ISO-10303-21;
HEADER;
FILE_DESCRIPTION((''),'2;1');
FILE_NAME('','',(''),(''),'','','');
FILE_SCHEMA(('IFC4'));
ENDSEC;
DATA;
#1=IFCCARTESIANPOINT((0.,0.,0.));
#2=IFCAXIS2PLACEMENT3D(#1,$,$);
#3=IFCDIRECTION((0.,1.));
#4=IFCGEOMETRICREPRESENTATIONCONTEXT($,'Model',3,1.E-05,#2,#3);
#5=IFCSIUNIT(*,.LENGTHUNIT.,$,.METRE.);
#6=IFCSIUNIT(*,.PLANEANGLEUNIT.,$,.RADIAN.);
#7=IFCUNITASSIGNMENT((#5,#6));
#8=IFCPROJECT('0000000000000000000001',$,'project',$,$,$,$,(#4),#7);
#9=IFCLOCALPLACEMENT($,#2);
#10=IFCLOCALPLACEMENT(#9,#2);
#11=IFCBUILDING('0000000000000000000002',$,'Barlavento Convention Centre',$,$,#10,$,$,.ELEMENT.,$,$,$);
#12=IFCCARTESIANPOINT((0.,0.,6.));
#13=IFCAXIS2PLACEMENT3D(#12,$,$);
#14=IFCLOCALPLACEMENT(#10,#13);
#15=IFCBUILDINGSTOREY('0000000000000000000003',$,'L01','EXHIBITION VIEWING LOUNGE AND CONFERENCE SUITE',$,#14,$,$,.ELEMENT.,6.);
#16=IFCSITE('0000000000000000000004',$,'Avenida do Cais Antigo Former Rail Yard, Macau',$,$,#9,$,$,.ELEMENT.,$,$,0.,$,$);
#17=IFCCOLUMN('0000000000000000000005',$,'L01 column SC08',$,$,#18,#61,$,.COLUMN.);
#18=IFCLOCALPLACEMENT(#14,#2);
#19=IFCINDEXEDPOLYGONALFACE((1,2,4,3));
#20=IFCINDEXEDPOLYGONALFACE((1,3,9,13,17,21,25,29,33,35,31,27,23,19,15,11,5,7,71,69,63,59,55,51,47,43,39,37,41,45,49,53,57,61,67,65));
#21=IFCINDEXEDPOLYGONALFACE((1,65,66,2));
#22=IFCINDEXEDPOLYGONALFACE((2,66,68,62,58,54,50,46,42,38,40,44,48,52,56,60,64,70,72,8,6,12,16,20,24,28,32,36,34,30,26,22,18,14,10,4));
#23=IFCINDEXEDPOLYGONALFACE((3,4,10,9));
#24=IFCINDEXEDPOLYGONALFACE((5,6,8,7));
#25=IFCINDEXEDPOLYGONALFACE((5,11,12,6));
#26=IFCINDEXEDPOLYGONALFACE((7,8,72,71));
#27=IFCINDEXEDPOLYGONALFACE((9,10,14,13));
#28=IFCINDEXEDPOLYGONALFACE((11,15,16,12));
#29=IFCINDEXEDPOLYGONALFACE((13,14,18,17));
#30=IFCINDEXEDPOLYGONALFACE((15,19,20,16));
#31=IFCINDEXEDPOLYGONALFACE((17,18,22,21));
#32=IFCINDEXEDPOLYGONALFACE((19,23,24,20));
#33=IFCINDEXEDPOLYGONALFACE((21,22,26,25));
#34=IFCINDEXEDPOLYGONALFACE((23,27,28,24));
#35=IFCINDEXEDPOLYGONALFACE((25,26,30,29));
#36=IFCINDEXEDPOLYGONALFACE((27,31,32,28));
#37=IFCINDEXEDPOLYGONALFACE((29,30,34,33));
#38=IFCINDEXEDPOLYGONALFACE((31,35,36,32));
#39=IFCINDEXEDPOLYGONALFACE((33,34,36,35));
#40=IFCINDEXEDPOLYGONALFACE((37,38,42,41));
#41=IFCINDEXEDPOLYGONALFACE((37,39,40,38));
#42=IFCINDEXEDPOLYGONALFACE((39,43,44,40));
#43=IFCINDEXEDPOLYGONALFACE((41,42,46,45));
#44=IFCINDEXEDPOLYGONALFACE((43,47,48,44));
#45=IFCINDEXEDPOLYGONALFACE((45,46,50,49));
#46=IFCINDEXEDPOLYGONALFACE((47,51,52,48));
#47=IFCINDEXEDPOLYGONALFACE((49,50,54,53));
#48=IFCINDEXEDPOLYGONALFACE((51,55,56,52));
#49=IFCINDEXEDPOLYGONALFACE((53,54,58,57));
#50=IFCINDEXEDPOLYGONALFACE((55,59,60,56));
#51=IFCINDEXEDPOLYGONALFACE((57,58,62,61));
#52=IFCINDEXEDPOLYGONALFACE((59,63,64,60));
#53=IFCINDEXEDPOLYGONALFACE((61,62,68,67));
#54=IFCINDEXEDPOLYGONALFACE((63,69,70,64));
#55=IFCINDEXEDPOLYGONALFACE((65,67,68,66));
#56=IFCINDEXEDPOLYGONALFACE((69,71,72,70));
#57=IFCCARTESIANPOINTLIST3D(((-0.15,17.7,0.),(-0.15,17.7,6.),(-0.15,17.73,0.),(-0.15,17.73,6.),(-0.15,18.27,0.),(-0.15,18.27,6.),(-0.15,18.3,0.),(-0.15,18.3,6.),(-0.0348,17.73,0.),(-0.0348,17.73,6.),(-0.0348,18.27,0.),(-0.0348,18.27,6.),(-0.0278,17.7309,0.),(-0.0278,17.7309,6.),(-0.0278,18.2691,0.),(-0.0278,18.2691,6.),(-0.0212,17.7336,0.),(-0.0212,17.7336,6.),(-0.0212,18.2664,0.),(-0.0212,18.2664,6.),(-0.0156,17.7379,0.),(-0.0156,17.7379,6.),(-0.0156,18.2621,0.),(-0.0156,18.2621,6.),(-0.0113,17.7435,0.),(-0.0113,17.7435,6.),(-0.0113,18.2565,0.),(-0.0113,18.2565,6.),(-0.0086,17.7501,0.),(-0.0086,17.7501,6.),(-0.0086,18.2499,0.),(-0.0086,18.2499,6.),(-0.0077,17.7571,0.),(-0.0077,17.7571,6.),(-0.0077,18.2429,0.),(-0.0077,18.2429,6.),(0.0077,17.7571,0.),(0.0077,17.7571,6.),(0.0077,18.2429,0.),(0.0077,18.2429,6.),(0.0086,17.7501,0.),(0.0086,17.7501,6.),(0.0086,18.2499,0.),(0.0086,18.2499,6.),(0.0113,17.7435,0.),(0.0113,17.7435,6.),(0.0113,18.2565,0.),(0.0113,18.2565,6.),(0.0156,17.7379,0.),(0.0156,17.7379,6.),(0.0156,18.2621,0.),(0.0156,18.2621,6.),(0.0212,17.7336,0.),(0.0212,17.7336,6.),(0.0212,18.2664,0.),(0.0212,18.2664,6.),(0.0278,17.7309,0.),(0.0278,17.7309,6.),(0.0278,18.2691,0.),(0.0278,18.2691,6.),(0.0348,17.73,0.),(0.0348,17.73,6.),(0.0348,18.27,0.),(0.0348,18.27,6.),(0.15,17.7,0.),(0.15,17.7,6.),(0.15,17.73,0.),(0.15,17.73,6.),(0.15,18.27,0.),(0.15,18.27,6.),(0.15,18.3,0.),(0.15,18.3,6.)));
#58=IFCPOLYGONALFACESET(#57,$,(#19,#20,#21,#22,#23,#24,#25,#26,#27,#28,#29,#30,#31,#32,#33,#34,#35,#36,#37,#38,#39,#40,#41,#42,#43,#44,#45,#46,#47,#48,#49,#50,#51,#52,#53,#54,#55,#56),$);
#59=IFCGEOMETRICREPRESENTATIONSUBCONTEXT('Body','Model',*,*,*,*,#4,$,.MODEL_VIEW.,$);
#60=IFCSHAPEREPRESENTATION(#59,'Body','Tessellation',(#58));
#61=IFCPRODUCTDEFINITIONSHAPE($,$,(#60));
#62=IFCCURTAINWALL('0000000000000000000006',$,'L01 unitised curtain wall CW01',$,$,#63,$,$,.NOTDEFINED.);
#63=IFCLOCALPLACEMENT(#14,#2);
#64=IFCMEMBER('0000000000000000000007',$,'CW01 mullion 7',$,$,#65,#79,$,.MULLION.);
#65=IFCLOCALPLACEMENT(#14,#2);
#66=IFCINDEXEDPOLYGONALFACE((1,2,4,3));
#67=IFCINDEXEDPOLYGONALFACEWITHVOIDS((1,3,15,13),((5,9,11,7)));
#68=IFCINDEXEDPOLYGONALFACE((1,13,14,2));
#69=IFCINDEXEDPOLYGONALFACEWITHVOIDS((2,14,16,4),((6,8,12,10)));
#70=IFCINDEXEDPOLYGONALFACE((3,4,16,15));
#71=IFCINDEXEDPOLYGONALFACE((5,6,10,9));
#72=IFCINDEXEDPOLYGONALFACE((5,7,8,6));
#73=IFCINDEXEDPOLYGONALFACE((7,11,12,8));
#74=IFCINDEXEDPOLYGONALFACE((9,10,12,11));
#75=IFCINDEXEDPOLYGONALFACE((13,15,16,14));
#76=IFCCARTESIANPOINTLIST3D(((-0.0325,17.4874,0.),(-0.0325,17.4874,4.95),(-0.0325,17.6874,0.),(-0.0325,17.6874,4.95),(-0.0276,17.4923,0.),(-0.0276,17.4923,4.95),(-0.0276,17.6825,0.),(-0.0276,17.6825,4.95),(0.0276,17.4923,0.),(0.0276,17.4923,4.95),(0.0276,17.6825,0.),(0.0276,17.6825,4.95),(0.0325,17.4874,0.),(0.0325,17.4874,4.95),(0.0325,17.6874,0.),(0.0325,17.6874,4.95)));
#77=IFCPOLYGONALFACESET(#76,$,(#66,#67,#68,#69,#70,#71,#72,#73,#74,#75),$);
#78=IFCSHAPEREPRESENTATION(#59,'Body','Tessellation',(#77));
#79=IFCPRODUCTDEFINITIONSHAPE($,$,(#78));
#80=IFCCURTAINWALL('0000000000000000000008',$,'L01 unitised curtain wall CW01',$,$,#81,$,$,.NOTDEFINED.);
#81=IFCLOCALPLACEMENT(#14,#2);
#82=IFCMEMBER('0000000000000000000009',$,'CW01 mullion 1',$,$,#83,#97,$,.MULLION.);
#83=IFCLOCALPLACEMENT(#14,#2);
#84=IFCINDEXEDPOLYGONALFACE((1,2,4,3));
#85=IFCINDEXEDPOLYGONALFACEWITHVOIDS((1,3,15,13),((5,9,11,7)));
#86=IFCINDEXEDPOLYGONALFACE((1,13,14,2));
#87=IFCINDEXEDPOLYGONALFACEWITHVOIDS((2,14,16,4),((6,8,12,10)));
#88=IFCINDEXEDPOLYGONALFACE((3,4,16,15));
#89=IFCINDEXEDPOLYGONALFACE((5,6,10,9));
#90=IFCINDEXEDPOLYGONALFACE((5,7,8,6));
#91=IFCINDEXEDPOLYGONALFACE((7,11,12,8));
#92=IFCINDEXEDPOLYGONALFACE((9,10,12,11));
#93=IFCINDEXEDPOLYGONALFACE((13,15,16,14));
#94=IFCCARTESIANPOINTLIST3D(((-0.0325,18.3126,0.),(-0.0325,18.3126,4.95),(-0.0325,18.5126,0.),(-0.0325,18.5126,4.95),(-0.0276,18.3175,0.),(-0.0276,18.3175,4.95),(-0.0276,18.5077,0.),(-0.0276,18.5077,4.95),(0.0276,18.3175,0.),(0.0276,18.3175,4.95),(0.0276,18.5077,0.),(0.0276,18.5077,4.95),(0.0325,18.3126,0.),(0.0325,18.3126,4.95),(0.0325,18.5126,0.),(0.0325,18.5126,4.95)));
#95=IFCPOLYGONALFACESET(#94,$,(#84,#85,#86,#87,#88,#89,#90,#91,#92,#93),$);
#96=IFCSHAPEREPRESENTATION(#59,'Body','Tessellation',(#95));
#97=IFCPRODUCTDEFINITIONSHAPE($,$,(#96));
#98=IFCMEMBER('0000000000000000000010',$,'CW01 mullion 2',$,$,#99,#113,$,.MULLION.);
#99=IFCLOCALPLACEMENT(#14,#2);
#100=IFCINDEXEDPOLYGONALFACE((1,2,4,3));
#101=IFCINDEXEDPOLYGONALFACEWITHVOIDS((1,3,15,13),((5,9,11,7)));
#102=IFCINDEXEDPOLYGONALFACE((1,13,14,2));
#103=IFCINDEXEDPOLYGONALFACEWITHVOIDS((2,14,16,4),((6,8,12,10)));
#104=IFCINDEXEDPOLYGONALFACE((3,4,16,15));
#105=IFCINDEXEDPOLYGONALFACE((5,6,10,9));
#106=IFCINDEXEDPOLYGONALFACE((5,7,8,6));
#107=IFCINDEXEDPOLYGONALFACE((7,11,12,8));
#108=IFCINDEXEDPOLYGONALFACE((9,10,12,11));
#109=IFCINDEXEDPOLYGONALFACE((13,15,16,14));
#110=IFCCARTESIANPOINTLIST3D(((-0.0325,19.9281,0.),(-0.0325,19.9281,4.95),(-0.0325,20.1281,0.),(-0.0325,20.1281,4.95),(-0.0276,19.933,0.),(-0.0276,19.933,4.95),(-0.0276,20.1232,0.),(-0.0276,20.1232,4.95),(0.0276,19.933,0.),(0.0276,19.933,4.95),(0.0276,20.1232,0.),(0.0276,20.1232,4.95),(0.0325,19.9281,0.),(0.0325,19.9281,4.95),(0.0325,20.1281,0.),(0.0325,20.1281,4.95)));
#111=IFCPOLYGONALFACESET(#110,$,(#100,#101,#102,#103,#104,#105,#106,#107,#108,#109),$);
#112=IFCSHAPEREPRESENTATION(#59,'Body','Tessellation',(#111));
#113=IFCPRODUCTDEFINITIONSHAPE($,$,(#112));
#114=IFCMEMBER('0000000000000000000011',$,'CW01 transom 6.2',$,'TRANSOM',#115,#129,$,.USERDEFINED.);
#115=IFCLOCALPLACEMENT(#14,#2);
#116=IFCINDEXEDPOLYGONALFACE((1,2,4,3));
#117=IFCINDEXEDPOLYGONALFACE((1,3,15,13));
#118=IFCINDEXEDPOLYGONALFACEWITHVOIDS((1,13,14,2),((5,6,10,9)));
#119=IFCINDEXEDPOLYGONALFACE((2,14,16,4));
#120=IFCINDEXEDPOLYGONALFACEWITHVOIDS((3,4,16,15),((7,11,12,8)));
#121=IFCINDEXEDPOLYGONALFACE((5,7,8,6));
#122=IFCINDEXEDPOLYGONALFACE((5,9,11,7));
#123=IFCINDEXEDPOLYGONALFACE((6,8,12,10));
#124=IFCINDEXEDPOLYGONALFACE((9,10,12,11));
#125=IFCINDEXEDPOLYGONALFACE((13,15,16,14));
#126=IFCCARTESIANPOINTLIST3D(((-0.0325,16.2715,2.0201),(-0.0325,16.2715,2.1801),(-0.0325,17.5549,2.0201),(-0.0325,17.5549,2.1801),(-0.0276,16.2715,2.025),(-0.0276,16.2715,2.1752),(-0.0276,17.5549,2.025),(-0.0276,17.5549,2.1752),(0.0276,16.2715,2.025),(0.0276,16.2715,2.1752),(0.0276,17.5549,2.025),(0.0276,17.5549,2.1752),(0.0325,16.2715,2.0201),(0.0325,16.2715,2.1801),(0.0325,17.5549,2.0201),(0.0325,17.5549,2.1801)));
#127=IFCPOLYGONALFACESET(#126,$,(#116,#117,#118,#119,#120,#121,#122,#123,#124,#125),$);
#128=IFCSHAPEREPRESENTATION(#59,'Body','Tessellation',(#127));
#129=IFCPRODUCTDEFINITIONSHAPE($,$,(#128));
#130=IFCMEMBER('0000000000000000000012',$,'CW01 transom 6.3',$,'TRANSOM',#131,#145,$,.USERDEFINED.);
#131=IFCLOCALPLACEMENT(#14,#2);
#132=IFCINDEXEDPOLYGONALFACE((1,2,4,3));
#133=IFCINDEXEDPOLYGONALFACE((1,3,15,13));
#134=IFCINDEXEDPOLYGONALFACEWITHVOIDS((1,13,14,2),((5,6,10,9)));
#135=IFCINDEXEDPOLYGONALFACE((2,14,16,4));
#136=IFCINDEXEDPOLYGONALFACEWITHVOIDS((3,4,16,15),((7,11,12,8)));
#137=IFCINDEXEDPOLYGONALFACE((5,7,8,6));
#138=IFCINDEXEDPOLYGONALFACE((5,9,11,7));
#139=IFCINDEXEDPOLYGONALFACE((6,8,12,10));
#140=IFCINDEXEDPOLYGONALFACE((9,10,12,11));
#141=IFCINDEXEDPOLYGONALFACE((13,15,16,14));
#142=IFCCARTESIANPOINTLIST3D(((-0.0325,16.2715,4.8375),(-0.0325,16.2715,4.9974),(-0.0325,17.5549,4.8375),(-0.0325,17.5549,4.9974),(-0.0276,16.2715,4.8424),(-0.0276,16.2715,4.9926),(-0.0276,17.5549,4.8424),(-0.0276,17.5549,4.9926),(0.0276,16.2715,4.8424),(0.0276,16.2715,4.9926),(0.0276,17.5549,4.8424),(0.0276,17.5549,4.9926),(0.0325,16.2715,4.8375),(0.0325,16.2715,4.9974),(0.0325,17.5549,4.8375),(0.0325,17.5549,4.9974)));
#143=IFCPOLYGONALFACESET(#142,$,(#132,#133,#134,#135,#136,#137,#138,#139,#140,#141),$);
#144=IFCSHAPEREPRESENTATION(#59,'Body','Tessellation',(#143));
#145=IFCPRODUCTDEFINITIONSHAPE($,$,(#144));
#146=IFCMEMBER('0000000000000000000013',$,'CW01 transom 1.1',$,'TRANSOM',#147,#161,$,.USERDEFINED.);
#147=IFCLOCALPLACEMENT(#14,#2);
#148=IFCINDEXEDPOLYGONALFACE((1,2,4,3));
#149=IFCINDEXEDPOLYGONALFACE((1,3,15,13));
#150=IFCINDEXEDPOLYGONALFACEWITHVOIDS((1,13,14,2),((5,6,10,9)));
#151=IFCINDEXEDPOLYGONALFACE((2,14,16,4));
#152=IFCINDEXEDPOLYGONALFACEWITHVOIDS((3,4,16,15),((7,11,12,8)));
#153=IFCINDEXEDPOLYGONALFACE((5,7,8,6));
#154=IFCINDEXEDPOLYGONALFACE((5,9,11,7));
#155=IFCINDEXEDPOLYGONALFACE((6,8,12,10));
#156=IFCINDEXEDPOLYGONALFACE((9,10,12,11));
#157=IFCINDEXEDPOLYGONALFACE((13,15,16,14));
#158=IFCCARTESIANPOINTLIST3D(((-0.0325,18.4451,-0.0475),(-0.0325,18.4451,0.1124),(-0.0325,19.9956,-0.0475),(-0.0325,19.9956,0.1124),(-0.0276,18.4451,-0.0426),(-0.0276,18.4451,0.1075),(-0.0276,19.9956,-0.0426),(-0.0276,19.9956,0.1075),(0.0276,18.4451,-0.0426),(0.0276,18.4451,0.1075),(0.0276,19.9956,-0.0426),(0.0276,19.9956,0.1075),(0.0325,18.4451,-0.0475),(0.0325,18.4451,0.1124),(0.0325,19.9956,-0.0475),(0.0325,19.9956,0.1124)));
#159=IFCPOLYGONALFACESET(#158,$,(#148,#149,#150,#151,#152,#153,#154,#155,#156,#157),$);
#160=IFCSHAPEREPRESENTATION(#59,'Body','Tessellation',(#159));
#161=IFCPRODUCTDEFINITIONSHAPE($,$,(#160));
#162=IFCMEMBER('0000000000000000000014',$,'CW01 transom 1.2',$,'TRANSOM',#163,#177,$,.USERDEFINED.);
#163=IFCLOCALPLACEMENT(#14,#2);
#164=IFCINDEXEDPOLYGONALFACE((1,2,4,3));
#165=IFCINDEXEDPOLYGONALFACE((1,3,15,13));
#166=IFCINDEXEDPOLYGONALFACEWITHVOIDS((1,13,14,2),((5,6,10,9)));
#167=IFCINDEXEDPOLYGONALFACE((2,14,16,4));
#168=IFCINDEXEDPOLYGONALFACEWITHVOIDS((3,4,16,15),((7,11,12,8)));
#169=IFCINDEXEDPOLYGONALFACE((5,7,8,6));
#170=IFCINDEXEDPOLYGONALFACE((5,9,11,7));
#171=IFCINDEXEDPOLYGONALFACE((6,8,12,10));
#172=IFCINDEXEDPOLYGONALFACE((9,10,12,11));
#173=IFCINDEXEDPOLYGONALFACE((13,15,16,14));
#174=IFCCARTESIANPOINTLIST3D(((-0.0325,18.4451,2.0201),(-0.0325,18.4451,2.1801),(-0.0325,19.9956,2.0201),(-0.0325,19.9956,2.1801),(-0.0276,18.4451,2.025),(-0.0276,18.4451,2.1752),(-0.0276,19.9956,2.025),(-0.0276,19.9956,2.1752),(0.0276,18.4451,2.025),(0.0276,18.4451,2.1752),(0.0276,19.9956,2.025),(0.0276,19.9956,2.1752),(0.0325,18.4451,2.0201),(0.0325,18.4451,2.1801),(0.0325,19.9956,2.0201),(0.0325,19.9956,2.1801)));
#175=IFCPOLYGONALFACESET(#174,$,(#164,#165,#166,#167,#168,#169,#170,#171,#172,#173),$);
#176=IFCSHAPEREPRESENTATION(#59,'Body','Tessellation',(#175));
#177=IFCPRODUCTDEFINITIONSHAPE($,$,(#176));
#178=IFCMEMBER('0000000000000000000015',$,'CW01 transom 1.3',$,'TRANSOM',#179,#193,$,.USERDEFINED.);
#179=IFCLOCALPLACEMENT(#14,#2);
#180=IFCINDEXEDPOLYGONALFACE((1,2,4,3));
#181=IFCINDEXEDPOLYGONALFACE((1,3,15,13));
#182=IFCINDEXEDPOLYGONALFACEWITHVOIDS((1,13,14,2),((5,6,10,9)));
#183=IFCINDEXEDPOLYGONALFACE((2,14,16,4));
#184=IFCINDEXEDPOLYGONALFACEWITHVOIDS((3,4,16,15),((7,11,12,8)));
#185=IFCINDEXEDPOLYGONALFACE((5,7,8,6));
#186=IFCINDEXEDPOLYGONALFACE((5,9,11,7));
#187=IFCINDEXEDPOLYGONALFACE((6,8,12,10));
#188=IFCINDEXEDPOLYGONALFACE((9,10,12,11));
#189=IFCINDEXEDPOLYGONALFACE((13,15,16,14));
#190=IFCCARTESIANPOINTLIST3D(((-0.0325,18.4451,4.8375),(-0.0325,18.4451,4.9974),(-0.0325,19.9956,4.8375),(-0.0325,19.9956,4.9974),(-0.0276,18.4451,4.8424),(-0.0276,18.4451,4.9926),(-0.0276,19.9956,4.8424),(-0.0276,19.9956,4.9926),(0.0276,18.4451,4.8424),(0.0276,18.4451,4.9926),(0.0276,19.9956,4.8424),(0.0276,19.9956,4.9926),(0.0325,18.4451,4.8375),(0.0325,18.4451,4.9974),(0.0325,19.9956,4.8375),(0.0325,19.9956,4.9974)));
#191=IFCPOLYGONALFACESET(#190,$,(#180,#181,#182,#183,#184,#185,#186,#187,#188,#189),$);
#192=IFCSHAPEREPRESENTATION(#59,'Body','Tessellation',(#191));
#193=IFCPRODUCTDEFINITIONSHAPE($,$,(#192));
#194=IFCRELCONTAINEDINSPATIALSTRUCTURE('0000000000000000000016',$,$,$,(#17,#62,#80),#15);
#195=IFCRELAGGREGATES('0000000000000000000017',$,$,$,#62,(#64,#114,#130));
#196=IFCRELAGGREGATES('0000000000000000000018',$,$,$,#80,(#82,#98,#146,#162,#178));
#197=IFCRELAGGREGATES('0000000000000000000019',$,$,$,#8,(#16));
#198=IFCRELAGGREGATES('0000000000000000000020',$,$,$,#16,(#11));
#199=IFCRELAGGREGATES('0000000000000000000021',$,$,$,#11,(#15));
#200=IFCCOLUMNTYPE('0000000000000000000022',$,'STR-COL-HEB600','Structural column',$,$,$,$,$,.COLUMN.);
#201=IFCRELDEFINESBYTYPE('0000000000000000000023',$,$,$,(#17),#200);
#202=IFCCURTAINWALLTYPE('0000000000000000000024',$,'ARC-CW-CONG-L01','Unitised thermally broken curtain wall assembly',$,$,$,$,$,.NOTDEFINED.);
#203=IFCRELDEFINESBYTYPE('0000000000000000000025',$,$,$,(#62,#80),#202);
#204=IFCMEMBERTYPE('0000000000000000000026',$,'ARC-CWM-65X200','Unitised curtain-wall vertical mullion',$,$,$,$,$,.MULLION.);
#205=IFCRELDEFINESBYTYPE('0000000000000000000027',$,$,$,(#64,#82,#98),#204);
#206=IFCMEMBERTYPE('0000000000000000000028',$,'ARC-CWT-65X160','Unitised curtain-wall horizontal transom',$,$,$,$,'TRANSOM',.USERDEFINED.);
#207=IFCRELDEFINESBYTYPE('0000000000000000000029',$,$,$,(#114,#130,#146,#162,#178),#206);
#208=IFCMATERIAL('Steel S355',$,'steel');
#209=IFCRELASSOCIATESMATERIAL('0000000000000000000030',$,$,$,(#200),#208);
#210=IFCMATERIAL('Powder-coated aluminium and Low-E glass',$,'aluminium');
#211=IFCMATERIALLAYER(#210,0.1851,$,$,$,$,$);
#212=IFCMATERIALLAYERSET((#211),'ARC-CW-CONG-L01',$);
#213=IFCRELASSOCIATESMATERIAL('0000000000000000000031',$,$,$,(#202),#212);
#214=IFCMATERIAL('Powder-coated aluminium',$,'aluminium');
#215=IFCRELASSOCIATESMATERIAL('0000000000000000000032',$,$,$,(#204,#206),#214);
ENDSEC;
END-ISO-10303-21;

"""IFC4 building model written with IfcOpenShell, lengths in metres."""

from ifc_helpers import new_model, si_unit, direction, frame, origin, origin_2d, place, context, subcontext, project, spatial, hollow_rectangle, i_section, extrude, material, layer, layer_set, material_profile, profile_set, type_object, element, aggregate, save


model = new_model("IFC4")

# Units and contexts
model_context = context("Model", 3, precision=1e-05, world=origin(), true_north=direction((0.0, 1.0)))
body_context = subcontext(model_context, "Body", "Model", "MODEL_VIEW")
ifc_project = project(units=[si_unit("LENGTHUNIT", "METRE"), si_unit("PLANEANGLEUNIT", "RADIAN")], contexts=[model_context])

# Site, building, storey
site_placement = place(None, origin())
site = spatial("IfcSite", under=ifc_project, at=site_placement, Name="Avenida do Cais Antigo Former Rail Yard, Macau", CompositionType="ELEMENT", RefElevation=0.0)
building_placement = place(site_placement, origin())
building = spatial("IfcBuilding", under=site, at=building_placement, Name="Barlavento Convention Centre", CompositionType="ELEMENT")
storey_placement = place(building_placement, frame((0.0, 0.0, 6.0)))
storey = spatial("IfcBuildingStorey", under=building, at=storey_placement, Name="L01", Description="EXHIBITION VIEWING LOUNGE AND CONFERENCE SUITE", CompositionType="ELEMENT", Elevation=6.0)

# Column
ifc_material_1 = material(Name="Steel S355", Category="steel")
ifc_material_profile_1 = material_profile(ifc_material_1, i_section(OverallWidth=0.3, OverallDepth=0.6001, WebThickness=0.0154, FlangeThickness=0.03, FilletRadius=0.0271, at=origin_2d()), Name="HEB 600")
ifc_profile_set_1 = profile_set([ifc_material_profile_1], Name="Steel S355")
column_type = type_object("IfcColumnType", Name="STR-COL-HEB600", Description="Structural column", PredefinedType="COLUMN", material=ifc_profile_set_1)
column_placement = place(storey_placement, frame((0.0, 18.0, 0.0), z_axis=(0.0, 0.0, 1.0), x_axis=(1.0, 0.0, 0.0)))
element("IfcColumn", 1, at=column_placement, inside=storey, type_object=column_type, Name="L01 column SC08", PredefinedType="COLUMN", context=body_context, shape_type="SweptSolid", body=[
    extrude(i_section(OverallWidth=0.3, OverallDepth=0.6001, WebThickness=0.0154, FlangeThickness=0.03, FilletRadius=0.0271, at=origin_2d()), origin(), (0.0, 0.0, 1.0), 6.0),
])

# Curtain wall, member
ifc_material_2 = material(Name="Powder-coated aluminium and Low-E glass", Category="aluminium")
ifc_layer_1 = layer(ifc_material_2, 0.1851)
ifc_layer_set_1 = layer_set([ifc_layer_1], Name="ARC-CW-CONG-L01")
curtain_wall_type = type_object("IfcCurtainWallType", Name="ARC-CW-CONG-L01", Description="Unitised thermally broken curtain wall assembly", PredefinedType="NOTDEFINED", material=ifc_layer_set_1)
curtain_wall_1_placement = place(storey_placement, origin())
curtain_wall_1 = element("IfcCurtainWall", 2, at=curtain_wall_1_placement, inside=storey, type_object=curtain_wall_type, Name="L01 unitised curtain wall CW01", PredefinedType="NOTDEFINED")
ifc_material_3 = material(Name="Powder-coated aluminium", Category="aluminium")
ifc_material_profile_2 = material_profile(ifc_material_3, hollow_rectangle(XDim=0.0649, YDim=0.2, WallThickness=0.0049, at=origin_2d()), Name="AL-MULL 65x200x5")
ifc_profile_set_2 = profile_set([ifc_material_profile_2], Name="Powder-coated aluminium")
member_type_1 = type_object("IfcMemberType", Name="ARC-CWM-65X200", Description="Unitised curtain-wall vertical mullion", PredefinedType="MULLION", material=ifc_profile_set_2)
member_1_placement = place(storey_placement, frame((0.0, 17.5874, 0.0), z_axis=(0.0, 0.0, 1.0), x_axis=(-1.0, 0.0, 0.0)))
member_1 = element("IfcMember", 3, at=member_1_placement, type_object=member_type_1, Name="CW01 mullion 7", PredefinedType="MULLION", context=body_context, shape_type="SweptSolid", body=[
    extrude(hollow_rectangle(XDim=0.0649, YDim=0.2, WallThickness=0.0049, at=origin_2d()), origin(), (0.0, 0.0, 1.0), 4.95),
])

# Curtain wall, members
curtain_wall_2_placement = place(storey_placement, origin())
curtain_wall_2 = element("IfcCurtainWall", 4, at=curtain_wall_2_placement, inside=storey, type_object=curtain_wall_type, Name="L01 unitised curtain wall CW01", PredefinedType="NOTDEFINED")
member_2_placement = place(storey_placement, frame((0.0, 18.4126, 0.0), z_axis=(0.0, 0.0, 1.0), x_axis=(-1.0, 0.0, 0.0)))
member_2 = element("IfcMember", 5, at=member_2_placement, type_object=member_type_1, Name="CW01 mullion 1", PredefinedType="MULLION", context=body_context, shape_type="SweptSolid", body=[
    extrude(hollow_rectangle(XDim=0.0649, YDim=0.2, WallThickness=0.0049, at=origin_2d()), origin(), (0.0, 0.0, 1.0), 4.95),
])
member_3_placement = place(storey_placement, frame((0.0, 20.0281, 0.0), z_axis=(0.0, 0.0, 1.0), x_axis=(-1.0, 0.0, 0.0)))
member_3 = element("IfcMember", 6, at=member_3_placement, type_object=member_type_1, Name="CW01 mullion 2", PredefinedType="MULLION", context=body_context, shape_type="SweptSolid", body=[
    extrude(hollow_rectangle(XDim=0.0649, YDim=0.2, WallThickness=0.0049, at=origin_2d()), origin(), (0.0, 0.0, 1.0), 4.95),
])

# Members
ifc_material_profile_3 = material_profile(ifc_material_3, hollow_rectangle(XDim=0.0649, YDim=0.1599, WallThickness=0.0049, at=origin_2d()), Name="AL-TRAN 65x160x5")
ifc_profile_set_3 = profile_set([ifc_material_profile_3], Name="Powder-coated aluminium")
member_type_2 = type_object("IfcMemberType", Name="ARC-CWT-65X160", Description="Unitised curtain-wall horizontal transom", ElementType="TRANSOM", PredefinedType="USERDEFINED", material=ifc_profile_set_3)
member_4_placement = place(storey_placement, frame((0.0, 16.2715, 2.1001), z_axis=(0.0, 1.0, 0.0), x_axis=(-1.0, 0.0, 0.0)))
member_4 = element("IfcMember", 7, at=member_4_placement, type_object=member_type_2, Name="CW01 transom 6.2", ObjectType="TRANSOM", PredefinedType="USERDEFINED", context=body_context, shape_type="SweptSolid", body=[
    extrude(hollow_rectangle(XDim=0.0649, YDim=0.1599, WallThickness=0.0049, at=origin_2d()), origin(), (0.0, 0.0, 1.0), 1.2834),
])
member_5_placement = place(storey_placement, frame((0.0, 16.2715, 4.9175), z_axis=(0.0, 1.0, 0.0), x_axis=(-1.0, 0.0, 0.0)))
member_5 = element("IfcMember", 8, at=member_5_placement, type_object=member_type_2, Name="CW01 transom 6.3", ObjectType="TRANSOM", PredefinedType="USERDEFINED", context=body_context, shape_type="SweptSolid", body=[
    extrude(hollow_rectangle(XDim=0.0649, YDim=0.1599, WallThickness=0.0049, at=origin_2d()), origin(), (0.0, 0.0, 1.0), 1.2834),
])
member_6_placement = place(storey_placement, frame((0.0, 18.4451, 0.0325), z_axis=(0.0, 1.0, 0.0), x_axis=(-1.0, 0.0, 0.0)))
member_6 = element("IfcMember", 9, at=member_6_placement, type_object=member_type_2, Name="CW01 transom 1.1", ObjectType="TRANSOM", PredefinedType="USERDEFINED", context=body_context, shape_type="SweptSolid", body=[
    extrude(hollow_rectangle(XDim=0.0649, YDim=0.1599, WallThickness=0.0049, at=origin_2d()), origin(), (0.0, 0.0, 1.0), 1.5505),
])
member_7_placement = place(storey_placement, frame((0.0, 18.4451, 2.1001), z_axis=(0.0, 1.0, 0.0), x_axis=(-1.0, 0.0, 0.0)))
member_7 = element("IfcMember", 10, at=member_7_placement, type_object=member_type_2, Name="CW01 transom 1.2", ObjectType="TRANSOM", PredefinedType="USERDEFINED", context=body_context, shape_type="SweptSolid", body=[
    extrude(hollow_rectangle(XDim=0.0649, YDim=0.1599, WallThickness=0.0049, at=origin_2d()), origin(), (0.0, 0.0, 1.0), 1.5505),
])
member_8_placement = place(storey_placement, frame((0.0, 18.4451, 4.9175), z_axis=(0.0, 1.0, 0.0), x_axis=(-1.0, 0.0, 0.0)))
member_8 = element("IfcMember", 11, at=member_8_placement, type_object=member_type_2, Name="CW01 transom 1.3", ObjectType="TRANSOM", PredefinedType="USERDEFINED", context=body_context, shape_type="SweptSolid", body=[
    extrude(hollow_rectangle(XDim=0.0649, YDim=0.1599, WallThickness=0.0049, at=origin_2d()), origin(), (0.0, 0.0, 1.0), 1.5505),
])

aggregate(curtain_wall_1, [member_1, member_4, member_5])
aggregate(curtain_wall_2, [member_2, member_3, member_6, member_7, member_8])

save(model, "model.ifc")
